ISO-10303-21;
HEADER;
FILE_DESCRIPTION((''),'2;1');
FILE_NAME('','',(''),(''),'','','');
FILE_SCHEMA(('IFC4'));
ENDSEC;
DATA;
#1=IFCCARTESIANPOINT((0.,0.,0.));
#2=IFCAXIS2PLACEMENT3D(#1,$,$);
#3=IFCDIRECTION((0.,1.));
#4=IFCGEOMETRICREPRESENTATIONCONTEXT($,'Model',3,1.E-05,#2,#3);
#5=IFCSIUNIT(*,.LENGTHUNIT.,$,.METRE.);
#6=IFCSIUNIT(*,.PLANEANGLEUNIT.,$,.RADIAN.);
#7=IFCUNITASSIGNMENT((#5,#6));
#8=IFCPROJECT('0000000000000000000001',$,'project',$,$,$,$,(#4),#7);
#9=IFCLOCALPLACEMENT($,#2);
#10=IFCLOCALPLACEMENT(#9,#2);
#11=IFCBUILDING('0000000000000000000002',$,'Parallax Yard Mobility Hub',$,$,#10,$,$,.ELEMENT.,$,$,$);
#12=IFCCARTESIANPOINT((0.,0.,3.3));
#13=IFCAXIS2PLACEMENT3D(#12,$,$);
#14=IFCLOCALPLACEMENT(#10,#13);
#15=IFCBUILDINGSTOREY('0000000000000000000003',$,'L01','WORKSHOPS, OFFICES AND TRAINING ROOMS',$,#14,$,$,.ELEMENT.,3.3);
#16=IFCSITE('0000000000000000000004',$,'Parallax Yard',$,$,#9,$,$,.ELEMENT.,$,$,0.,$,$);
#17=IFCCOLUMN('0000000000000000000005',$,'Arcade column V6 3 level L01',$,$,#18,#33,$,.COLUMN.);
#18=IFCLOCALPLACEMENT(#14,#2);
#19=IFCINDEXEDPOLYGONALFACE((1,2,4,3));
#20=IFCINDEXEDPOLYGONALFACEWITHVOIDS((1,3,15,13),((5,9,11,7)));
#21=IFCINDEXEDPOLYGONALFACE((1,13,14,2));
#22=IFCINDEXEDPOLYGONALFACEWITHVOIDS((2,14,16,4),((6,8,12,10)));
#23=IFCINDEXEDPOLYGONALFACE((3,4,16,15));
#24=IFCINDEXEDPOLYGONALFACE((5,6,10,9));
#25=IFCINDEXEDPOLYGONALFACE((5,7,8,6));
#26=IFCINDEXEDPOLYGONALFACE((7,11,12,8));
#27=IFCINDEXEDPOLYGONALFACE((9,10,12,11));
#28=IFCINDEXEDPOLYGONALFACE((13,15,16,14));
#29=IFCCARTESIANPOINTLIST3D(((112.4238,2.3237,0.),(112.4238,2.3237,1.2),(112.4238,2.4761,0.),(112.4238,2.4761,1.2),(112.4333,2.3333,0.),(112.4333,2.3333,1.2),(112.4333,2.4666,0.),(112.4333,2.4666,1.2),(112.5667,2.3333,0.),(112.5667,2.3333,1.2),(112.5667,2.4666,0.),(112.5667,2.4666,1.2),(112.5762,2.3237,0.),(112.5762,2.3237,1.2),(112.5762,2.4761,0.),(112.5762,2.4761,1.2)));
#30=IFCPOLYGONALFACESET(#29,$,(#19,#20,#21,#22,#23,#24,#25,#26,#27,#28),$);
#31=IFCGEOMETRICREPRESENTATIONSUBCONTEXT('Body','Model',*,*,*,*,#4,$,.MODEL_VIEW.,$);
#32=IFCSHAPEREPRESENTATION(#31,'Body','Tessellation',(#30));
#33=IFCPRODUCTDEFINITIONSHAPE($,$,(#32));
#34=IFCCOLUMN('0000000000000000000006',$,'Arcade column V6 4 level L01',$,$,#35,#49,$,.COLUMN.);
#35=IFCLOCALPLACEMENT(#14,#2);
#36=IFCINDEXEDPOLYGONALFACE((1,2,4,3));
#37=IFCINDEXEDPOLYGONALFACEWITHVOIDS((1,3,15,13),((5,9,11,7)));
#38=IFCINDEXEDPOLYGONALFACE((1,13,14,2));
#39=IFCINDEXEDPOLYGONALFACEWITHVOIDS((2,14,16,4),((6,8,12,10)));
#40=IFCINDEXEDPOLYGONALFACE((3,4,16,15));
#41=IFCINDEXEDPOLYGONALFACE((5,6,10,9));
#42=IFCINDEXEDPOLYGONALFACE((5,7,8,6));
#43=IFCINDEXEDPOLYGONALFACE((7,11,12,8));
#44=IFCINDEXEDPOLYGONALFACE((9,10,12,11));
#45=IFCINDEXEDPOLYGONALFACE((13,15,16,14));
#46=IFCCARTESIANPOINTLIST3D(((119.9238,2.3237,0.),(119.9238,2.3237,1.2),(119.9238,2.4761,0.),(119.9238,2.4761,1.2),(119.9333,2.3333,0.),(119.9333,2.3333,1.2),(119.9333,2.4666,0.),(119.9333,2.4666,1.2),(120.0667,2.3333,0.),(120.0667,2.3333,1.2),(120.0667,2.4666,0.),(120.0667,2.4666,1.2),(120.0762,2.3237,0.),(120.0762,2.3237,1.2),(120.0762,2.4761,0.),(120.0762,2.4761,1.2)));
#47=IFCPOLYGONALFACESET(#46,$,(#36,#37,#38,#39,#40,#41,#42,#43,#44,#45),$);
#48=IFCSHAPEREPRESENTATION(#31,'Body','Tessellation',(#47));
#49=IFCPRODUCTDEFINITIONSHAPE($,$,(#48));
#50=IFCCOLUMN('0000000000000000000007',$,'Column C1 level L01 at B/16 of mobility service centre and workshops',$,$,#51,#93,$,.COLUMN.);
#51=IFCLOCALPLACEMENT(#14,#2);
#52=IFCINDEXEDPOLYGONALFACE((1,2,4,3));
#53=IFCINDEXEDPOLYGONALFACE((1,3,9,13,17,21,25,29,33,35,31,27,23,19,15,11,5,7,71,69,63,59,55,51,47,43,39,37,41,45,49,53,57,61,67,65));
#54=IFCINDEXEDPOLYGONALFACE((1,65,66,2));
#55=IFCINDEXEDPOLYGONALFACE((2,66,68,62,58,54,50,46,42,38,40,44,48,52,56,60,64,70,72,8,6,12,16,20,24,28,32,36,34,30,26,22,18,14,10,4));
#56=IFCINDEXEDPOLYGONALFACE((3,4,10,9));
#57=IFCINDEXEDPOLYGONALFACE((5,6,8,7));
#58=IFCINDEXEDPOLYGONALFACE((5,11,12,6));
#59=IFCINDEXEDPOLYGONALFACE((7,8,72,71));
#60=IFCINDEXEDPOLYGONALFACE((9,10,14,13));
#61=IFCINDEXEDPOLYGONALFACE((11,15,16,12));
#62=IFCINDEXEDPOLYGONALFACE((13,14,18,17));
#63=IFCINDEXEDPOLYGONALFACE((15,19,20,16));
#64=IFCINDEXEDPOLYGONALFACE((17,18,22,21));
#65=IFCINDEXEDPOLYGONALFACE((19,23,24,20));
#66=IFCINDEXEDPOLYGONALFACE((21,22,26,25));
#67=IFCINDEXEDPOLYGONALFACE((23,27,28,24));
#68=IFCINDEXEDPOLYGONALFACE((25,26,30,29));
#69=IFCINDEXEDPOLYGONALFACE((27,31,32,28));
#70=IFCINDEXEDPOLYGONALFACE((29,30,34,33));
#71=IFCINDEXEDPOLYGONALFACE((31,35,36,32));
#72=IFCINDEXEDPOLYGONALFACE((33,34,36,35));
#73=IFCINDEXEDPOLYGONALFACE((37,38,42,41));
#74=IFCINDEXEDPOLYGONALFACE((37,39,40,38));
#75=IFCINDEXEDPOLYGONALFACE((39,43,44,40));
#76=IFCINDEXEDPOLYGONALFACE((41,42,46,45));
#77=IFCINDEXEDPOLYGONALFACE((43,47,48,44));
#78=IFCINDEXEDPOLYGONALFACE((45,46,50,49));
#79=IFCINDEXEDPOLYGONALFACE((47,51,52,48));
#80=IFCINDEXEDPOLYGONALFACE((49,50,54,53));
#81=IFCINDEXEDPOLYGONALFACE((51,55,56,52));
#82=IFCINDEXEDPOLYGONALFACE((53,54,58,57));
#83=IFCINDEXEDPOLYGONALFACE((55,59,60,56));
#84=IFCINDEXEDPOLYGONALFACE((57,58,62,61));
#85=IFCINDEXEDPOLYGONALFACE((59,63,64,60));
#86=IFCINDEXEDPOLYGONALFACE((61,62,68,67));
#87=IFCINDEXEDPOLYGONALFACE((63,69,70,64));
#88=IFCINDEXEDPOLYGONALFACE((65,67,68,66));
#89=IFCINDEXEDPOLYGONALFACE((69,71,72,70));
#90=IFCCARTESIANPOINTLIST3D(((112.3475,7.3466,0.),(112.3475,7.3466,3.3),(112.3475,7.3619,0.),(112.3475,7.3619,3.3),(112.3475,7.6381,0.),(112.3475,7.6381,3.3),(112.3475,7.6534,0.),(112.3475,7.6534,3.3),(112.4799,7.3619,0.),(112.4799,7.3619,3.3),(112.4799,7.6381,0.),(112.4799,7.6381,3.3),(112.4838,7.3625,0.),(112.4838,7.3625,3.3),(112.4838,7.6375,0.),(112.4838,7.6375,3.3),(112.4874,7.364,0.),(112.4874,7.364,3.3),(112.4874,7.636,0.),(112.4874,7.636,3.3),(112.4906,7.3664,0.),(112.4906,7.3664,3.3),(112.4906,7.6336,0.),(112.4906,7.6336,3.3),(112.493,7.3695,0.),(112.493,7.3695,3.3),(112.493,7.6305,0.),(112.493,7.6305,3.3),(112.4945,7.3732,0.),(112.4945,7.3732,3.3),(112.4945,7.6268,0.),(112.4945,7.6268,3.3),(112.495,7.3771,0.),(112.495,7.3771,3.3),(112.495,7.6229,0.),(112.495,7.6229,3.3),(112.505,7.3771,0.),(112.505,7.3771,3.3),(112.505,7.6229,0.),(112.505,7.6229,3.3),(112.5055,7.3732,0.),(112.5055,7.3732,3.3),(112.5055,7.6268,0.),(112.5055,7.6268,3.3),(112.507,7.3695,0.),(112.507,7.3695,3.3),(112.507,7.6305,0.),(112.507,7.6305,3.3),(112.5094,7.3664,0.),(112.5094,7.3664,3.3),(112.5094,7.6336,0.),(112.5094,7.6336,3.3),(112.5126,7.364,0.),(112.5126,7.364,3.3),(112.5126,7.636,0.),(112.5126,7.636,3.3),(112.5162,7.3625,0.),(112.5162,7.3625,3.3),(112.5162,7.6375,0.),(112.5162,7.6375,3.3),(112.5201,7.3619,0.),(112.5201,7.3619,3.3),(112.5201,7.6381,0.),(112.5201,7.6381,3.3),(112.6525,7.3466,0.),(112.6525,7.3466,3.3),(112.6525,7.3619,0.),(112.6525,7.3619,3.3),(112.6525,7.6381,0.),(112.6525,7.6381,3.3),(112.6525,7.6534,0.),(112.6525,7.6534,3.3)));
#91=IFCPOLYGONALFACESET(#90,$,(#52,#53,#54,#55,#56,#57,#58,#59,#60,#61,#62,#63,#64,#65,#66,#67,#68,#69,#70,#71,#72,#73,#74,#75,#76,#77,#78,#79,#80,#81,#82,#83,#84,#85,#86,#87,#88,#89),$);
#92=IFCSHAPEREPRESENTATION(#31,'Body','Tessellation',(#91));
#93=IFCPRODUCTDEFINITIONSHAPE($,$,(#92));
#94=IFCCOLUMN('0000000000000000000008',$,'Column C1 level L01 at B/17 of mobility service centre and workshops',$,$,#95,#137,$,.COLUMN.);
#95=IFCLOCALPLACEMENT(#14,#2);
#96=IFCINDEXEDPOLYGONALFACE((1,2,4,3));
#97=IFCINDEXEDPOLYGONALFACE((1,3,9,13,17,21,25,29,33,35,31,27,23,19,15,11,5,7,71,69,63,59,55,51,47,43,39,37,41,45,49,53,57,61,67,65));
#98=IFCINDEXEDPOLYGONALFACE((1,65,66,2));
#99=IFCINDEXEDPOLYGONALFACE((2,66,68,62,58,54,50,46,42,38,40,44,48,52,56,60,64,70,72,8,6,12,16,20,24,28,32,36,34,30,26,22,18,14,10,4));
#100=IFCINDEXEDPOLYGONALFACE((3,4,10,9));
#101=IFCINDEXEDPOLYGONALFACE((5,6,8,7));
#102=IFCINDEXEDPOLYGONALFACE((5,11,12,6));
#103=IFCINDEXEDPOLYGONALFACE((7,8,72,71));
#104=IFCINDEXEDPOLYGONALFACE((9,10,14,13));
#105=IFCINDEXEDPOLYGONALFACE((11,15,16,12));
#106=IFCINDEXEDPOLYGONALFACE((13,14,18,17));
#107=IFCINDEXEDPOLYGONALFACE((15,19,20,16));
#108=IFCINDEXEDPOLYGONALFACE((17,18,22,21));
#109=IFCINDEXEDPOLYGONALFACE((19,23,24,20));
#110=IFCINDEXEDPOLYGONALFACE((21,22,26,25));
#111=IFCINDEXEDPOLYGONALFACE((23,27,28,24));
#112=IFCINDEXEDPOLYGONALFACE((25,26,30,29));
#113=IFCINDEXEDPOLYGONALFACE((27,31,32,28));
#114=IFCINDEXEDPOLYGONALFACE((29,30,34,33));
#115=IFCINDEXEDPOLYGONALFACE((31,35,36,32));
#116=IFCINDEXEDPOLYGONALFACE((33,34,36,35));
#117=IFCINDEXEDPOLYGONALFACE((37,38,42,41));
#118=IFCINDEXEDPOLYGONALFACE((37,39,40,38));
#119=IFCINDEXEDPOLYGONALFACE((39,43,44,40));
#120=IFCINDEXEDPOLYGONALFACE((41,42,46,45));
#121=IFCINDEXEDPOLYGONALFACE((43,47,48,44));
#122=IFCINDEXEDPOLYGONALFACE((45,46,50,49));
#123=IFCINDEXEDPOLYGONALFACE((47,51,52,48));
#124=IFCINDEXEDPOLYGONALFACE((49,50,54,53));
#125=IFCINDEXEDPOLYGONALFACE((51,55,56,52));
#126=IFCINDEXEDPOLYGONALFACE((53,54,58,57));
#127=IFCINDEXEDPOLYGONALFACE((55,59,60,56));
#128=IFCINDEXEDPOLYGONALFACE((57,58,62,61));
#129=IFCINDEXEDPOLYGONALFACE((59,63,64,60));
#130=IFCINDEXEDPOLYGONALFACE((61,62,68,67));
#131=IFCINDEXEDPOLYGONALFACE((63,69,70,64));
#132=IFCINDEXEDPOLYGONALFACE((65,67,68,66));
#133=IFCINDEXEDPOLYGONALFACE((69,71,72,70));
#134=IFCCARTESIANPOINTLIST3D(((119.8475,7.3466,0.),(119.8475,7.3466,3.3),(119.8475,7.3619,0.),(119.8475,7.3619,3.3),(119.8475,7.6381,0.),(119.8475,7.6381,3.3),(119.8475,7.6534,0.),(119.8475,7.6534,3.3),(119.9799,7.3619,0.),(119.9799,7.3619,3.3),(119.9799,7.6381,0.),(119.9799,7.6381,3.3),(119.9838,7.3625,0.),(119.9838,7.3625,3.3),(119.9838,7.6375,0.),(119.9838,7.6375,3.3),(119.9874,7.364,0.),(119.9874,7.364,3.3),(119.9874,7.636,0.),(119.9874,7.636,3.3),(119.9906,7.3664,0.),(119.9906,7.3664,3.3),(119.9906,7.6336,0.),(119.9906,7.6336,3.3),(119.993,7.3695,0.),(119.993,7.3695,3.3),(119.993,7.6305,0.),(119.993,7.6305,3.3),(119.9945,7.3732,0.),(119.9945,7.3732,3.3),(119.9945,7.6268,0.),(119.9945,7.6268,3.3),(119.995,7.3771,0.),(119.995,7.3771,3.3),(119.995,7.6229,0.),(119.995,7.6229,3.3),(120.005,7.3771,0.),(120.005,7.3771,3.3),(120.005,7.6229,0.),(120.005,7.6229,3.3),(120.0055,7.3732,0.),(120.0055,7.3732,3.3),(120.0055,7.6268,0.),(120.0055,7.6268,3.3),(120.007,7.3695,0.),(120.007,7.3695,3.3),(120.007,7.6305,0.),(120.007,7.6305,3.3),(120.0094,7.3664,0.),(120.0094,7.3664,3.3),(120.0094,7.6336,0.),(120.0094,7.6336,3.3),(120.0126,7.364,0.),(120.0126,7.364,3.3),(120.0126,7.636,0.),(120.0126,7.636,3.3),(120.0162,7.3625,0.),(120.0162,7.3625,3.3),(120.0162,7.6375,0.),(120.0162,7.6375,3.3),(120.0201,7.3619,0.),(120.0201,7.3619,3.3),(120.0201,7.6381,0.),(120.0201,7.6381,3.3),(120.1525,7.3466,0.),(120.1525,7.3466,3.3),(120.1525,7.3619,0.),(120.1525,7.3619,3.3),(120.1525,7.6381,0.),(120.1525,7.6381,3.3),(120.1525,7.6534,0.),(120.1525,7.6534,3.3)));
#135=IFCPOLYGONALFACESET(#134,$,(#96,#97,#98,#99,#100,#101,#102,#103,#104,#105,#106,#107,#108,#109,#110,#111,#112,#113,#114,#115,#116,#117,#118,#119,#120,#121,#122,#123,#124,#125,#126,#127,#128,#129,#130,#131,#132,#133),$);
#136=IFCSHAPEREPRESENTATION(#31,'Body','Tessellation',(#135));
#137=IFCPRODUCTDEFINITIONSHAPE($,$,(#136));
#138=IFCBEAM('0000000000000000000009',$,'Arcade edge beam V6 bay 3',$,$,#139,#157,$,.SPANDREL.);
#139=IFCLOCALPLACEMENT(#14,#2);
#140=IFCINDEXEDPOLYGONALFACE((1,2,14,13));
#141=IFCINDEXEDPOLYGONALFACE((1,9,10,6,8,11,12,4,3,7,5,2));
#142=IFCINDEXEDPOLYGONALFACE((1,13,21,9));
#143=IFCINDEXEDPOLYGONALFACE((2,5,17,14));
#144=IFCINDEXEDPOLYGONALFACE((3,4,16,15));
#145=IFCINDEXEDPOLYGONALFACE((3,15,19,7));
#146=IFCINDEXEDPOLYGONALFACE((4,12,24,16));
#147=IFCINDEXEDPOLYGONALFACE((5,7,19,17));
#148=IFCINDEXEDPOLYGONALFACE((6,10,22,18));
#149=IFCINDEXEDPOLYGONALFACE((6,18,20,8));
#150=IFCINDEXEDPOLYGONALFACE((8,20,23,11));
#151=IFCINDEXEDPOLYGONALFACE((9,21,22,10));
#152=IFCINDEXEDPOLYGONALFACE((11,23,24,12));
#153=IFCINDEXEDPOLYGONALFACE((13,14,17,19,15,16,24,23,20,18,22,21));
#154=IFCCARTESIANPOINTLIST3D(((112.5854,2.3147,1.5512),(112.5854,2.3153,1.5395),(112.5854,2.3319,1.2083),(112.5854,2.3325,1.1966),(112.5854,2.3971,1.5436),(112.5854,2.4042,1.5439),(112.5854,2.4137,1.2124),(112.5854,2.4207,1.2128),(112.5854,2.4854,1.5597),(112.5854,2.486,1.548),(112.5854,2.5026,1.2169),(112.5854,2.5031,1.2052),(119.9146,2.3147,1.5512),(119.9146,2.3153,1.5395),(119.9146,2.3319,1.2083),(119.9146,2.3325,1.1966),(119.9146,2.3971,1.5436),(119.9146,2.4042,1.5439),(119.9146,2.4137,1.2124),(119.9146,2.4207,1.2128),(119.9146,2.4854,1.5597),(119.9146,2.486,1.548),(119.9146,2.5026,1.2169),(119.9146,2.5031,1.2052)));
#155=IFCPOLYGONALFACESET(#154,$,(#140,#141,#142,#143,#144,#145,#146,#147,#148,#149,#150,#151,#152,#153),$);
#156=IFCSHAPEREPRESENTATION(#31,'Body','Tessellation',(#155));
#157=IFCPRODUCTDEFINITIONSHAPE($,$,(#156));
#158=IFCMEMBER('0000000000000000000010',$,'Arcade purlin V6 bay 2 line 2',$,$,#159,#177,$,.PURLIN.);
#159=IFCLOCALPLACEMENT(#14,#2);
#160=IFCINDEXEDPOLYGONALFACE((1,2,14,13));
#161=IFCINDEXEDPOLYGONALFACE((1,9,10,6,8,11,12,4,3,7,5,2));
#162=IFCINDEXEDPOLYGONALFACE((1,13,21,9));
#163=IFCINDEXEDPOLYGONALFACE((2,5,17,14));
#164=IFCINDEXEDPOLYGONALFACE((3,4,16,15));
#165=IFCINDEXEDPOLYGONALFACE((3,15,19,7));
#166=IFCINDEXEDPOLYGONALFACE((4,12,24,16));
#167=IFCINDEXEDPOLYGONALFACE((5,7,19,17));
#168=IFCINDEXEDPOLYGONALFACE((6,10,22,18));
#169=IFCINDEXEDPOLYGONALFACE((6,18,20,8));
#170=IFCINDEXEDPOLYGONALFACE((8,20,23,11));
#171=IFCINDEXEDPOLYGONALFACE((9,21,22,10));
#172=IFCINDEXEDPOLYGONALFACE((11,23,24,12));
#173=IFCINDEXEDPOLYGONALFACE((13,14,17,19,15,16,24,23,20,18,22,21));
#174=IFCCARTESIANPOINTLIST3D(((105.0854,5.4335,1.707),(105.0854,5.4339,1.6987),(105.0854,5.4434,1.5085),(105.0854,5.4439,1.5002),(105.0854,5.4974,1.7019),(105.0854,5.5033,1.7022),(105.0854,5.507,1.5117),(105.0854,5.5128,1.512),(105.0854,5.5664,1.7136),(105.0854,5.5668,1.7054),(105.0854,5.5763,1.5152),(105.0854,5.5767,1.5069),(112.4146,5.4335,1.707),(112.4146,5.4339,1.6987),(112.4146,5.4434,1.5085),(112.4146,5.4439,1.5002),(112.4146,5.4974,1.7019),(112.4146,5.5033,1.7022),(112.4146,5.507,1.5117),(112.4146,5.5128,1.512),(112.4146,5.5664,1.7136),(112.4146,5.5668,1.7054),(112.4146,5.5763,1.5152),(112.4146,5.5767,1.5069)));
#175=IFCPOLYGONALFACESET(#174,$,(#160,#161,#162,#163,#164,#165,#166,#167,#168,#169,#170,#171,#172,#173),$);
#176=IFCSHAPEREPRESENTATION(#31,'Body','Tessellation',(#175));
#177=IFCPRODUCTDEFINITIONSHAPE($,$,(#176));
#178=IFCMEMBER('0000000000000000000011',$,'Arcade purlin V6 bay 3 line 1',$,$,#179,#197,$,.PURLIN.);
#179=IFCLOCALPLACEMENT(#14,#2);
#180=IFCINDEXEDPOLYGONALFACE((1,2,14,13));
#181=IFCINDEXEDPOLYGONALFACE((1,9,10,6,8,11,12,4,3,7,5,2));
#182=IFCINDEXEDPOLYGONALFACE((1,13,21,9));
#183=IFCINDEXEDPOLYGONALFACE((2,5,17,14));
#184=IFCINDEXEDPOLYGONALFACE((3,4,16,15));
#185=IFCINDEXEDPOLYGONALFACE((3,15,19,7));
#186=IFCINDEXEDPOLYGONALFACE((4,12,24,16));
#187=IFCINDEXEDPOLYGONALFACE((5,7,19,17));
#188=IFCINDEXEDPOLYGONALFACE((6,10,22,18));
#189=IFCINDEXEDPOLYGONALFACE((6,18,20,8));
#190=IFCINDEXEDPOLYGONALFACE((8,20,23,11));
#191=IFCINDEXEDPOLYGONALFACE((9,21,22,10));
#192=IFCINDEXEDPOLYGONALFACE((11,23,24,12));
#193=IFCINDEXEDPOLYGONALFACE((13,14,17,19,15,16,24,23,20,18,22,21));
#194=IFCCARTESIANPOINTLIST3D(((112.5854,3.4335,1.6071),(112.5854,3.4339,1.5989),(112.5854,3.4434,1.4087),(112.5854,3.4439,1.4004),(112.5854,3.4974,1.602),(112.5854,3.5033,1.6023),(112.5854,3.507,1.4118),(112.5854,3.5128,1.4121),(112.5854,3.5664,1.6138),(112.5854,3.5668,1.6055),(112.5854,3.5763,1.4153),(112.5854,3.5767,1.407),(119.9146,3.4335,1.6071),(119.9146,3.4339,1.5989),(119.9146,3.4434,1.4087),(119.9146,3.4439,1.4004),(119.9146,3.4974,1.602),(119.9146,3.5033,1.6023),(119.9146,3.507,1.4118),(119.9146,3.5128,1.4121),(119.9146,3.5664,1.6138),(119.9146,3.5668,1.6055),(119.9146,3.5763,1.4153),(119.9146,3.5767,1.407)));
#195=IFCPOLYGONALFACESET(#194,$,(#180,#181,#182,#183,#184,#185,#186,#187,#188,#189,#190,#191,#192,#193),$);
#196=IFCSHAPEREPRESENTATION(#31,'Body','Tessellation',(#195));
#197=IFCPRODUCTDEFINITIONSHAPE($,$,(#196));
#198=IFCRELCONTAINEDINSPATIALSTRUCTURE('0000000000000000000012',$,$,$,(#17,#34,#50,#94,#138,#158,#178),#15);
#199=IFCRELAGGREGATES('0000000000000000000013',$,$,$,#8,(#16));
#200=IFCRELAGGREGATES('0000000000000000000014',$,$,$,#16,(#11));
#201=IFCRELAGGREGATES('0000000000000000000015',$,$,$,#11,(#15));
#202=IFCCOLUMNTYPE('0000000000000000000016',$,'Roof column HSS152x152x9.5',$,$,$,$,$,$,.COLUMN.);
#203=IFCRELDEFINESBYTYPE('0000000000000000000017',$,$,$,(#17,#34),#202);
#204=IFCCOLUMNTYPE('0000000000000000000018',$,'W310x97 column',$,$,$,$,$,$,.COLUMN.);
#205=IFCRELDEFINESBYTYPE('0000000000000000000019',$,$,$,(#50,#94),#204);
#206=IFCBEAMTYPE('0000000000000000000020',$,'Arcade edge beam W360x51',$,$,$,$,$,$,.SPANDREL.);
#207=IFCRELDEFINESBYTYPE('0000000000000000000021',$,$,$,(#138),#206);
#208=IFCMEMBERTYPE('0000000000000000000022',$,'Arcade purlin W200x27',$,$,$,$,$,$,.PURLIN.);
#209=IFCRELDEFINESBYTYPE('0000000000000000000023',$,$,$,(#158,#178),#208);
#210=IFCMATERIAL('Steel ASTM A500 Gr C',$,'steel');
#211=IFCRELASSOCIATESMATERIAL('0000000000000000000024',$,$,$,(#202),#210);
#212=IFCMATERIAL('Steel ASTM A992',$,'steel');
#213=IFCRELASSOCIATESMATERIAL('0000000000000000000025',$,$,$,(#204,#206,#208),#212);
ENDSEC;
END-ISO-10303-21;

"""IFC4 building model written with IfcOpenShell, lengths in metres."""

from ifc_helpers import new_model, si_unit, direction, frame, origin, origin_2d, place, context, subcontext, project, spatial, hollow_rectangle, i_section, extrude, material, material_profile, profile_set, type_object, element, save


model = new_model("IFC4")

# Units and contexts
model_context = context("Model", 3, precision=1e-05, world=origin(), true_north=direction((0.0, 1.0)))
body_context = subcontext(model_context, "Body", "Model", "MODEL_VIEW")
ifc_project = project(units=[si_unit("LENGTHUNIT", "METRE"), si_unit("PLANEANGLEUNIT", "RADIAN")], contexts=[model_context])

# Site, building, storey
site_placement = place(None, origin())
site = spatial("IfcSite", under=ifc_project, at=site_placement, Name="Parallax Yard", CompositionType="ELEMENT", RefElevation=0.0)
building_placement = place(site_placement, origin())
building = spatial("IfcBuilding", under=site, at=building_placement, Name="Parallax Yard Mobility Hub", CompositionType="ELEMENT")
storey_placement = place(building_placement, frame((0.0, 0.0, 3.3)))
storey = spatial("IfcBuildingStorey", under=building, at=storey_placement, Name="L01", Description="WORKSHOPS, OFFICES AND TRAINING ROOMS", CompositionType="ELEMENT", Elevation=3.3)

# Columns
ifc_material_1 = material(Name="Steel ASTM A500 Gr C", Category="steel")
ifc_material_profile_1 = material_profile(ifc_material_1, hollow_rectangle(XDim=0.1523, YDim=0.1523, WallThickness=0.0095, at=origin_2d()), Name="HSS152x152x9.5")
ifc_profile_set_1 = profile_set([ifc_material_profile_1], Name="Steel ASTM A500 Gr C")
column_type_1 = type_object("IfcColumnType", Name="Roof column HSS152x152x9.5", PredefinedType="COLUMN", material=ifc_profile_set_1)
for number, where, z_axis, x_axis, name in (
    (1, (112.5, 2.3999, 0.0), (0.0, 0.0, 1.0), (1.0, 0.0, 0.0), "Arcade column V6 3 level L01"),
    (2, (120.0, 2.3999, 0.0), (0.0, 0.0, 1.0), (1.0, 0.0, 0.0), "Arcade column V6 4 level L01"),
):
    element("IfcColumn", number, at=place(storey_placement, frame(where, z_axis=z_axis, x_axis=x_axis)), inside=storey, type_object=column_type_1, Name=name, PredefinedType="COLUMN", context=body_context, shape_type="SweptSolid", body=[
        extrude(hollow_rectangle(XDim=0.1523, YDim=0.1523, WallThickness=0.0095, at=origin_2d()), origin(), (0.0, 0.0, 1.0), 1.2),
    ])
ifc_material_2 = material(Name="Steel ASTM A992", Category="steel")
ifc_material_profile_2 = material_profile(ifc_material_2, i_section(OverallWidth=0.3049, OverallDepth=0.3069, WebThickness=0.01, FlangeThickness=0.0154, FilletRadius=0.0151, at=origin_2d()), Name="W310x97")
ifc_profile_set_2 = profile_set([ifc_material_profile_2], Name="Steel ASTM A992")
column_type_2 = type_object("IfcColumnType", Name="W310x97 column", PredefinedType="COLUMN", material=ifc_profile_set_2)
for number, where, z_axis, x_axis, name in (
    (3, (112.5, 7.5, 0.0), (0.0, 0.0, 1.0), (1.0, 0.0, 0.0), "Column C1 level L01 at B/16 of mobility service centre and workshops"),
    (4, (120.0, 7.5, 0.0), (0.0, 0.0, 1.0), (1.0, 0.0, 0.0), "Column C1 level L01 at B/17 of mobility service centre and workshops"),
):
    element("IfcColumn", number, at=place(storey_placement, frame(where, z_axis=z_axis, x_axis=x_axis)), inside=storey, type_object=column_type_2, Name=name, PredefinedType="COLUMN", context=body_context, shape_type="SweptSolid", body=[
        extrude(i_section(OverallWidth=0.3049, OverallDepth=0.3069, WebThickness=0.01, FlangeThickness=0.0154, FilletRadius=0.0151, at=origin_2d()), origin(), (0.0, 0.0, 1.0), 3.3),
    ])

# Beam
ifc_material_profile_3 = material_profile(ifc_material_2, i_section(OverallWidth=0.1709, OverallDepth=0.355, WebThickness=0.0071, FlangeThickness=0.0117, at=origin_2d()), Name="W360x51")
ifc_profile_set_3 = profile_set([ifc_material_profile_3], Name="Steel ASTM A992")
beam_type_1 = type_object("IfcBeamType", Name="Arcade edge beam W360x51", PredefinedType="SPANDREL", material=ifc_profile_set_3)
beam_1_placement = place(storey_placement, frame((112.5854, 2.4089, 1.3782), z_axis=(1.0, 0.0, 0.0), x_axis=(0.0, 0.998752, 0.049938)))
element("IfcBeam", 5, at=beam_1_placement, inside=storey, type_object=beam_type_1, Name="Arcade edge beam V6 bay 3", PredefinedType="SPANDREL", context=body_context, shape_type="SweptSolid", body=[
    extrude(i_section(OverallWidth=0.1709, OverallDepth=0.355, WebThickness=0.0071, FlangeThickness=0.0117, at=origin_2d()), origin(), (0.0, 0.0, 1.0), 7.3291),
])

# Members
ifc_material_profile_4 = material_profile(ifc_material_2, i_section(OverallWidth=0.1331, OverallDepth=0.207, WebThickness=0.0059, FlangeThickness=0.0083, at=origin_2d()), Name="W200x27")
ifc_profile_set_4 = profile_set([ifc_material_profile_4], Name="Steel ASTM A992")
member_type_1 = type_object("IfcMemberType", Name="Arcade purlin W200x27", PredefinedType="PURLIN", material=ifc_profile_set_4)
for number, where, z_axis, x_axis, name in (
    (6, (105.0854, 5.5051, 1.6069), (1.0, 0.0, 0.0), (0.0, 0.998752, 0.049938), "Arcade purlin V6 bay 2 line 2"),
    (7, (112.5854, 3.5051, 1.5071), (1.0, 0.0, 0.0), (0.0, 0.998752, 0.049938), "Arcade purlin V6 bay 3 line 1"),
):
    element("IfcMember", number, at=place(storey_placement, frame(where, z_axis=z_axis, x_axis=x_axis)), inside=storey, type_object=member_type_1, Name=name, PredefinedType="PURLIN", context=body_context, shape_type="SweptSolid", body=[
        extrude(i_section(OverallWidth=0.1331, OverallDepth=0.207, WebThickness=0.0059, FlangeThickness=0.0083, at=origin_2d()), origin(), (0.0, 0.0, 1.0), 7.3291),
    ])

save(model, "model.ifc")
